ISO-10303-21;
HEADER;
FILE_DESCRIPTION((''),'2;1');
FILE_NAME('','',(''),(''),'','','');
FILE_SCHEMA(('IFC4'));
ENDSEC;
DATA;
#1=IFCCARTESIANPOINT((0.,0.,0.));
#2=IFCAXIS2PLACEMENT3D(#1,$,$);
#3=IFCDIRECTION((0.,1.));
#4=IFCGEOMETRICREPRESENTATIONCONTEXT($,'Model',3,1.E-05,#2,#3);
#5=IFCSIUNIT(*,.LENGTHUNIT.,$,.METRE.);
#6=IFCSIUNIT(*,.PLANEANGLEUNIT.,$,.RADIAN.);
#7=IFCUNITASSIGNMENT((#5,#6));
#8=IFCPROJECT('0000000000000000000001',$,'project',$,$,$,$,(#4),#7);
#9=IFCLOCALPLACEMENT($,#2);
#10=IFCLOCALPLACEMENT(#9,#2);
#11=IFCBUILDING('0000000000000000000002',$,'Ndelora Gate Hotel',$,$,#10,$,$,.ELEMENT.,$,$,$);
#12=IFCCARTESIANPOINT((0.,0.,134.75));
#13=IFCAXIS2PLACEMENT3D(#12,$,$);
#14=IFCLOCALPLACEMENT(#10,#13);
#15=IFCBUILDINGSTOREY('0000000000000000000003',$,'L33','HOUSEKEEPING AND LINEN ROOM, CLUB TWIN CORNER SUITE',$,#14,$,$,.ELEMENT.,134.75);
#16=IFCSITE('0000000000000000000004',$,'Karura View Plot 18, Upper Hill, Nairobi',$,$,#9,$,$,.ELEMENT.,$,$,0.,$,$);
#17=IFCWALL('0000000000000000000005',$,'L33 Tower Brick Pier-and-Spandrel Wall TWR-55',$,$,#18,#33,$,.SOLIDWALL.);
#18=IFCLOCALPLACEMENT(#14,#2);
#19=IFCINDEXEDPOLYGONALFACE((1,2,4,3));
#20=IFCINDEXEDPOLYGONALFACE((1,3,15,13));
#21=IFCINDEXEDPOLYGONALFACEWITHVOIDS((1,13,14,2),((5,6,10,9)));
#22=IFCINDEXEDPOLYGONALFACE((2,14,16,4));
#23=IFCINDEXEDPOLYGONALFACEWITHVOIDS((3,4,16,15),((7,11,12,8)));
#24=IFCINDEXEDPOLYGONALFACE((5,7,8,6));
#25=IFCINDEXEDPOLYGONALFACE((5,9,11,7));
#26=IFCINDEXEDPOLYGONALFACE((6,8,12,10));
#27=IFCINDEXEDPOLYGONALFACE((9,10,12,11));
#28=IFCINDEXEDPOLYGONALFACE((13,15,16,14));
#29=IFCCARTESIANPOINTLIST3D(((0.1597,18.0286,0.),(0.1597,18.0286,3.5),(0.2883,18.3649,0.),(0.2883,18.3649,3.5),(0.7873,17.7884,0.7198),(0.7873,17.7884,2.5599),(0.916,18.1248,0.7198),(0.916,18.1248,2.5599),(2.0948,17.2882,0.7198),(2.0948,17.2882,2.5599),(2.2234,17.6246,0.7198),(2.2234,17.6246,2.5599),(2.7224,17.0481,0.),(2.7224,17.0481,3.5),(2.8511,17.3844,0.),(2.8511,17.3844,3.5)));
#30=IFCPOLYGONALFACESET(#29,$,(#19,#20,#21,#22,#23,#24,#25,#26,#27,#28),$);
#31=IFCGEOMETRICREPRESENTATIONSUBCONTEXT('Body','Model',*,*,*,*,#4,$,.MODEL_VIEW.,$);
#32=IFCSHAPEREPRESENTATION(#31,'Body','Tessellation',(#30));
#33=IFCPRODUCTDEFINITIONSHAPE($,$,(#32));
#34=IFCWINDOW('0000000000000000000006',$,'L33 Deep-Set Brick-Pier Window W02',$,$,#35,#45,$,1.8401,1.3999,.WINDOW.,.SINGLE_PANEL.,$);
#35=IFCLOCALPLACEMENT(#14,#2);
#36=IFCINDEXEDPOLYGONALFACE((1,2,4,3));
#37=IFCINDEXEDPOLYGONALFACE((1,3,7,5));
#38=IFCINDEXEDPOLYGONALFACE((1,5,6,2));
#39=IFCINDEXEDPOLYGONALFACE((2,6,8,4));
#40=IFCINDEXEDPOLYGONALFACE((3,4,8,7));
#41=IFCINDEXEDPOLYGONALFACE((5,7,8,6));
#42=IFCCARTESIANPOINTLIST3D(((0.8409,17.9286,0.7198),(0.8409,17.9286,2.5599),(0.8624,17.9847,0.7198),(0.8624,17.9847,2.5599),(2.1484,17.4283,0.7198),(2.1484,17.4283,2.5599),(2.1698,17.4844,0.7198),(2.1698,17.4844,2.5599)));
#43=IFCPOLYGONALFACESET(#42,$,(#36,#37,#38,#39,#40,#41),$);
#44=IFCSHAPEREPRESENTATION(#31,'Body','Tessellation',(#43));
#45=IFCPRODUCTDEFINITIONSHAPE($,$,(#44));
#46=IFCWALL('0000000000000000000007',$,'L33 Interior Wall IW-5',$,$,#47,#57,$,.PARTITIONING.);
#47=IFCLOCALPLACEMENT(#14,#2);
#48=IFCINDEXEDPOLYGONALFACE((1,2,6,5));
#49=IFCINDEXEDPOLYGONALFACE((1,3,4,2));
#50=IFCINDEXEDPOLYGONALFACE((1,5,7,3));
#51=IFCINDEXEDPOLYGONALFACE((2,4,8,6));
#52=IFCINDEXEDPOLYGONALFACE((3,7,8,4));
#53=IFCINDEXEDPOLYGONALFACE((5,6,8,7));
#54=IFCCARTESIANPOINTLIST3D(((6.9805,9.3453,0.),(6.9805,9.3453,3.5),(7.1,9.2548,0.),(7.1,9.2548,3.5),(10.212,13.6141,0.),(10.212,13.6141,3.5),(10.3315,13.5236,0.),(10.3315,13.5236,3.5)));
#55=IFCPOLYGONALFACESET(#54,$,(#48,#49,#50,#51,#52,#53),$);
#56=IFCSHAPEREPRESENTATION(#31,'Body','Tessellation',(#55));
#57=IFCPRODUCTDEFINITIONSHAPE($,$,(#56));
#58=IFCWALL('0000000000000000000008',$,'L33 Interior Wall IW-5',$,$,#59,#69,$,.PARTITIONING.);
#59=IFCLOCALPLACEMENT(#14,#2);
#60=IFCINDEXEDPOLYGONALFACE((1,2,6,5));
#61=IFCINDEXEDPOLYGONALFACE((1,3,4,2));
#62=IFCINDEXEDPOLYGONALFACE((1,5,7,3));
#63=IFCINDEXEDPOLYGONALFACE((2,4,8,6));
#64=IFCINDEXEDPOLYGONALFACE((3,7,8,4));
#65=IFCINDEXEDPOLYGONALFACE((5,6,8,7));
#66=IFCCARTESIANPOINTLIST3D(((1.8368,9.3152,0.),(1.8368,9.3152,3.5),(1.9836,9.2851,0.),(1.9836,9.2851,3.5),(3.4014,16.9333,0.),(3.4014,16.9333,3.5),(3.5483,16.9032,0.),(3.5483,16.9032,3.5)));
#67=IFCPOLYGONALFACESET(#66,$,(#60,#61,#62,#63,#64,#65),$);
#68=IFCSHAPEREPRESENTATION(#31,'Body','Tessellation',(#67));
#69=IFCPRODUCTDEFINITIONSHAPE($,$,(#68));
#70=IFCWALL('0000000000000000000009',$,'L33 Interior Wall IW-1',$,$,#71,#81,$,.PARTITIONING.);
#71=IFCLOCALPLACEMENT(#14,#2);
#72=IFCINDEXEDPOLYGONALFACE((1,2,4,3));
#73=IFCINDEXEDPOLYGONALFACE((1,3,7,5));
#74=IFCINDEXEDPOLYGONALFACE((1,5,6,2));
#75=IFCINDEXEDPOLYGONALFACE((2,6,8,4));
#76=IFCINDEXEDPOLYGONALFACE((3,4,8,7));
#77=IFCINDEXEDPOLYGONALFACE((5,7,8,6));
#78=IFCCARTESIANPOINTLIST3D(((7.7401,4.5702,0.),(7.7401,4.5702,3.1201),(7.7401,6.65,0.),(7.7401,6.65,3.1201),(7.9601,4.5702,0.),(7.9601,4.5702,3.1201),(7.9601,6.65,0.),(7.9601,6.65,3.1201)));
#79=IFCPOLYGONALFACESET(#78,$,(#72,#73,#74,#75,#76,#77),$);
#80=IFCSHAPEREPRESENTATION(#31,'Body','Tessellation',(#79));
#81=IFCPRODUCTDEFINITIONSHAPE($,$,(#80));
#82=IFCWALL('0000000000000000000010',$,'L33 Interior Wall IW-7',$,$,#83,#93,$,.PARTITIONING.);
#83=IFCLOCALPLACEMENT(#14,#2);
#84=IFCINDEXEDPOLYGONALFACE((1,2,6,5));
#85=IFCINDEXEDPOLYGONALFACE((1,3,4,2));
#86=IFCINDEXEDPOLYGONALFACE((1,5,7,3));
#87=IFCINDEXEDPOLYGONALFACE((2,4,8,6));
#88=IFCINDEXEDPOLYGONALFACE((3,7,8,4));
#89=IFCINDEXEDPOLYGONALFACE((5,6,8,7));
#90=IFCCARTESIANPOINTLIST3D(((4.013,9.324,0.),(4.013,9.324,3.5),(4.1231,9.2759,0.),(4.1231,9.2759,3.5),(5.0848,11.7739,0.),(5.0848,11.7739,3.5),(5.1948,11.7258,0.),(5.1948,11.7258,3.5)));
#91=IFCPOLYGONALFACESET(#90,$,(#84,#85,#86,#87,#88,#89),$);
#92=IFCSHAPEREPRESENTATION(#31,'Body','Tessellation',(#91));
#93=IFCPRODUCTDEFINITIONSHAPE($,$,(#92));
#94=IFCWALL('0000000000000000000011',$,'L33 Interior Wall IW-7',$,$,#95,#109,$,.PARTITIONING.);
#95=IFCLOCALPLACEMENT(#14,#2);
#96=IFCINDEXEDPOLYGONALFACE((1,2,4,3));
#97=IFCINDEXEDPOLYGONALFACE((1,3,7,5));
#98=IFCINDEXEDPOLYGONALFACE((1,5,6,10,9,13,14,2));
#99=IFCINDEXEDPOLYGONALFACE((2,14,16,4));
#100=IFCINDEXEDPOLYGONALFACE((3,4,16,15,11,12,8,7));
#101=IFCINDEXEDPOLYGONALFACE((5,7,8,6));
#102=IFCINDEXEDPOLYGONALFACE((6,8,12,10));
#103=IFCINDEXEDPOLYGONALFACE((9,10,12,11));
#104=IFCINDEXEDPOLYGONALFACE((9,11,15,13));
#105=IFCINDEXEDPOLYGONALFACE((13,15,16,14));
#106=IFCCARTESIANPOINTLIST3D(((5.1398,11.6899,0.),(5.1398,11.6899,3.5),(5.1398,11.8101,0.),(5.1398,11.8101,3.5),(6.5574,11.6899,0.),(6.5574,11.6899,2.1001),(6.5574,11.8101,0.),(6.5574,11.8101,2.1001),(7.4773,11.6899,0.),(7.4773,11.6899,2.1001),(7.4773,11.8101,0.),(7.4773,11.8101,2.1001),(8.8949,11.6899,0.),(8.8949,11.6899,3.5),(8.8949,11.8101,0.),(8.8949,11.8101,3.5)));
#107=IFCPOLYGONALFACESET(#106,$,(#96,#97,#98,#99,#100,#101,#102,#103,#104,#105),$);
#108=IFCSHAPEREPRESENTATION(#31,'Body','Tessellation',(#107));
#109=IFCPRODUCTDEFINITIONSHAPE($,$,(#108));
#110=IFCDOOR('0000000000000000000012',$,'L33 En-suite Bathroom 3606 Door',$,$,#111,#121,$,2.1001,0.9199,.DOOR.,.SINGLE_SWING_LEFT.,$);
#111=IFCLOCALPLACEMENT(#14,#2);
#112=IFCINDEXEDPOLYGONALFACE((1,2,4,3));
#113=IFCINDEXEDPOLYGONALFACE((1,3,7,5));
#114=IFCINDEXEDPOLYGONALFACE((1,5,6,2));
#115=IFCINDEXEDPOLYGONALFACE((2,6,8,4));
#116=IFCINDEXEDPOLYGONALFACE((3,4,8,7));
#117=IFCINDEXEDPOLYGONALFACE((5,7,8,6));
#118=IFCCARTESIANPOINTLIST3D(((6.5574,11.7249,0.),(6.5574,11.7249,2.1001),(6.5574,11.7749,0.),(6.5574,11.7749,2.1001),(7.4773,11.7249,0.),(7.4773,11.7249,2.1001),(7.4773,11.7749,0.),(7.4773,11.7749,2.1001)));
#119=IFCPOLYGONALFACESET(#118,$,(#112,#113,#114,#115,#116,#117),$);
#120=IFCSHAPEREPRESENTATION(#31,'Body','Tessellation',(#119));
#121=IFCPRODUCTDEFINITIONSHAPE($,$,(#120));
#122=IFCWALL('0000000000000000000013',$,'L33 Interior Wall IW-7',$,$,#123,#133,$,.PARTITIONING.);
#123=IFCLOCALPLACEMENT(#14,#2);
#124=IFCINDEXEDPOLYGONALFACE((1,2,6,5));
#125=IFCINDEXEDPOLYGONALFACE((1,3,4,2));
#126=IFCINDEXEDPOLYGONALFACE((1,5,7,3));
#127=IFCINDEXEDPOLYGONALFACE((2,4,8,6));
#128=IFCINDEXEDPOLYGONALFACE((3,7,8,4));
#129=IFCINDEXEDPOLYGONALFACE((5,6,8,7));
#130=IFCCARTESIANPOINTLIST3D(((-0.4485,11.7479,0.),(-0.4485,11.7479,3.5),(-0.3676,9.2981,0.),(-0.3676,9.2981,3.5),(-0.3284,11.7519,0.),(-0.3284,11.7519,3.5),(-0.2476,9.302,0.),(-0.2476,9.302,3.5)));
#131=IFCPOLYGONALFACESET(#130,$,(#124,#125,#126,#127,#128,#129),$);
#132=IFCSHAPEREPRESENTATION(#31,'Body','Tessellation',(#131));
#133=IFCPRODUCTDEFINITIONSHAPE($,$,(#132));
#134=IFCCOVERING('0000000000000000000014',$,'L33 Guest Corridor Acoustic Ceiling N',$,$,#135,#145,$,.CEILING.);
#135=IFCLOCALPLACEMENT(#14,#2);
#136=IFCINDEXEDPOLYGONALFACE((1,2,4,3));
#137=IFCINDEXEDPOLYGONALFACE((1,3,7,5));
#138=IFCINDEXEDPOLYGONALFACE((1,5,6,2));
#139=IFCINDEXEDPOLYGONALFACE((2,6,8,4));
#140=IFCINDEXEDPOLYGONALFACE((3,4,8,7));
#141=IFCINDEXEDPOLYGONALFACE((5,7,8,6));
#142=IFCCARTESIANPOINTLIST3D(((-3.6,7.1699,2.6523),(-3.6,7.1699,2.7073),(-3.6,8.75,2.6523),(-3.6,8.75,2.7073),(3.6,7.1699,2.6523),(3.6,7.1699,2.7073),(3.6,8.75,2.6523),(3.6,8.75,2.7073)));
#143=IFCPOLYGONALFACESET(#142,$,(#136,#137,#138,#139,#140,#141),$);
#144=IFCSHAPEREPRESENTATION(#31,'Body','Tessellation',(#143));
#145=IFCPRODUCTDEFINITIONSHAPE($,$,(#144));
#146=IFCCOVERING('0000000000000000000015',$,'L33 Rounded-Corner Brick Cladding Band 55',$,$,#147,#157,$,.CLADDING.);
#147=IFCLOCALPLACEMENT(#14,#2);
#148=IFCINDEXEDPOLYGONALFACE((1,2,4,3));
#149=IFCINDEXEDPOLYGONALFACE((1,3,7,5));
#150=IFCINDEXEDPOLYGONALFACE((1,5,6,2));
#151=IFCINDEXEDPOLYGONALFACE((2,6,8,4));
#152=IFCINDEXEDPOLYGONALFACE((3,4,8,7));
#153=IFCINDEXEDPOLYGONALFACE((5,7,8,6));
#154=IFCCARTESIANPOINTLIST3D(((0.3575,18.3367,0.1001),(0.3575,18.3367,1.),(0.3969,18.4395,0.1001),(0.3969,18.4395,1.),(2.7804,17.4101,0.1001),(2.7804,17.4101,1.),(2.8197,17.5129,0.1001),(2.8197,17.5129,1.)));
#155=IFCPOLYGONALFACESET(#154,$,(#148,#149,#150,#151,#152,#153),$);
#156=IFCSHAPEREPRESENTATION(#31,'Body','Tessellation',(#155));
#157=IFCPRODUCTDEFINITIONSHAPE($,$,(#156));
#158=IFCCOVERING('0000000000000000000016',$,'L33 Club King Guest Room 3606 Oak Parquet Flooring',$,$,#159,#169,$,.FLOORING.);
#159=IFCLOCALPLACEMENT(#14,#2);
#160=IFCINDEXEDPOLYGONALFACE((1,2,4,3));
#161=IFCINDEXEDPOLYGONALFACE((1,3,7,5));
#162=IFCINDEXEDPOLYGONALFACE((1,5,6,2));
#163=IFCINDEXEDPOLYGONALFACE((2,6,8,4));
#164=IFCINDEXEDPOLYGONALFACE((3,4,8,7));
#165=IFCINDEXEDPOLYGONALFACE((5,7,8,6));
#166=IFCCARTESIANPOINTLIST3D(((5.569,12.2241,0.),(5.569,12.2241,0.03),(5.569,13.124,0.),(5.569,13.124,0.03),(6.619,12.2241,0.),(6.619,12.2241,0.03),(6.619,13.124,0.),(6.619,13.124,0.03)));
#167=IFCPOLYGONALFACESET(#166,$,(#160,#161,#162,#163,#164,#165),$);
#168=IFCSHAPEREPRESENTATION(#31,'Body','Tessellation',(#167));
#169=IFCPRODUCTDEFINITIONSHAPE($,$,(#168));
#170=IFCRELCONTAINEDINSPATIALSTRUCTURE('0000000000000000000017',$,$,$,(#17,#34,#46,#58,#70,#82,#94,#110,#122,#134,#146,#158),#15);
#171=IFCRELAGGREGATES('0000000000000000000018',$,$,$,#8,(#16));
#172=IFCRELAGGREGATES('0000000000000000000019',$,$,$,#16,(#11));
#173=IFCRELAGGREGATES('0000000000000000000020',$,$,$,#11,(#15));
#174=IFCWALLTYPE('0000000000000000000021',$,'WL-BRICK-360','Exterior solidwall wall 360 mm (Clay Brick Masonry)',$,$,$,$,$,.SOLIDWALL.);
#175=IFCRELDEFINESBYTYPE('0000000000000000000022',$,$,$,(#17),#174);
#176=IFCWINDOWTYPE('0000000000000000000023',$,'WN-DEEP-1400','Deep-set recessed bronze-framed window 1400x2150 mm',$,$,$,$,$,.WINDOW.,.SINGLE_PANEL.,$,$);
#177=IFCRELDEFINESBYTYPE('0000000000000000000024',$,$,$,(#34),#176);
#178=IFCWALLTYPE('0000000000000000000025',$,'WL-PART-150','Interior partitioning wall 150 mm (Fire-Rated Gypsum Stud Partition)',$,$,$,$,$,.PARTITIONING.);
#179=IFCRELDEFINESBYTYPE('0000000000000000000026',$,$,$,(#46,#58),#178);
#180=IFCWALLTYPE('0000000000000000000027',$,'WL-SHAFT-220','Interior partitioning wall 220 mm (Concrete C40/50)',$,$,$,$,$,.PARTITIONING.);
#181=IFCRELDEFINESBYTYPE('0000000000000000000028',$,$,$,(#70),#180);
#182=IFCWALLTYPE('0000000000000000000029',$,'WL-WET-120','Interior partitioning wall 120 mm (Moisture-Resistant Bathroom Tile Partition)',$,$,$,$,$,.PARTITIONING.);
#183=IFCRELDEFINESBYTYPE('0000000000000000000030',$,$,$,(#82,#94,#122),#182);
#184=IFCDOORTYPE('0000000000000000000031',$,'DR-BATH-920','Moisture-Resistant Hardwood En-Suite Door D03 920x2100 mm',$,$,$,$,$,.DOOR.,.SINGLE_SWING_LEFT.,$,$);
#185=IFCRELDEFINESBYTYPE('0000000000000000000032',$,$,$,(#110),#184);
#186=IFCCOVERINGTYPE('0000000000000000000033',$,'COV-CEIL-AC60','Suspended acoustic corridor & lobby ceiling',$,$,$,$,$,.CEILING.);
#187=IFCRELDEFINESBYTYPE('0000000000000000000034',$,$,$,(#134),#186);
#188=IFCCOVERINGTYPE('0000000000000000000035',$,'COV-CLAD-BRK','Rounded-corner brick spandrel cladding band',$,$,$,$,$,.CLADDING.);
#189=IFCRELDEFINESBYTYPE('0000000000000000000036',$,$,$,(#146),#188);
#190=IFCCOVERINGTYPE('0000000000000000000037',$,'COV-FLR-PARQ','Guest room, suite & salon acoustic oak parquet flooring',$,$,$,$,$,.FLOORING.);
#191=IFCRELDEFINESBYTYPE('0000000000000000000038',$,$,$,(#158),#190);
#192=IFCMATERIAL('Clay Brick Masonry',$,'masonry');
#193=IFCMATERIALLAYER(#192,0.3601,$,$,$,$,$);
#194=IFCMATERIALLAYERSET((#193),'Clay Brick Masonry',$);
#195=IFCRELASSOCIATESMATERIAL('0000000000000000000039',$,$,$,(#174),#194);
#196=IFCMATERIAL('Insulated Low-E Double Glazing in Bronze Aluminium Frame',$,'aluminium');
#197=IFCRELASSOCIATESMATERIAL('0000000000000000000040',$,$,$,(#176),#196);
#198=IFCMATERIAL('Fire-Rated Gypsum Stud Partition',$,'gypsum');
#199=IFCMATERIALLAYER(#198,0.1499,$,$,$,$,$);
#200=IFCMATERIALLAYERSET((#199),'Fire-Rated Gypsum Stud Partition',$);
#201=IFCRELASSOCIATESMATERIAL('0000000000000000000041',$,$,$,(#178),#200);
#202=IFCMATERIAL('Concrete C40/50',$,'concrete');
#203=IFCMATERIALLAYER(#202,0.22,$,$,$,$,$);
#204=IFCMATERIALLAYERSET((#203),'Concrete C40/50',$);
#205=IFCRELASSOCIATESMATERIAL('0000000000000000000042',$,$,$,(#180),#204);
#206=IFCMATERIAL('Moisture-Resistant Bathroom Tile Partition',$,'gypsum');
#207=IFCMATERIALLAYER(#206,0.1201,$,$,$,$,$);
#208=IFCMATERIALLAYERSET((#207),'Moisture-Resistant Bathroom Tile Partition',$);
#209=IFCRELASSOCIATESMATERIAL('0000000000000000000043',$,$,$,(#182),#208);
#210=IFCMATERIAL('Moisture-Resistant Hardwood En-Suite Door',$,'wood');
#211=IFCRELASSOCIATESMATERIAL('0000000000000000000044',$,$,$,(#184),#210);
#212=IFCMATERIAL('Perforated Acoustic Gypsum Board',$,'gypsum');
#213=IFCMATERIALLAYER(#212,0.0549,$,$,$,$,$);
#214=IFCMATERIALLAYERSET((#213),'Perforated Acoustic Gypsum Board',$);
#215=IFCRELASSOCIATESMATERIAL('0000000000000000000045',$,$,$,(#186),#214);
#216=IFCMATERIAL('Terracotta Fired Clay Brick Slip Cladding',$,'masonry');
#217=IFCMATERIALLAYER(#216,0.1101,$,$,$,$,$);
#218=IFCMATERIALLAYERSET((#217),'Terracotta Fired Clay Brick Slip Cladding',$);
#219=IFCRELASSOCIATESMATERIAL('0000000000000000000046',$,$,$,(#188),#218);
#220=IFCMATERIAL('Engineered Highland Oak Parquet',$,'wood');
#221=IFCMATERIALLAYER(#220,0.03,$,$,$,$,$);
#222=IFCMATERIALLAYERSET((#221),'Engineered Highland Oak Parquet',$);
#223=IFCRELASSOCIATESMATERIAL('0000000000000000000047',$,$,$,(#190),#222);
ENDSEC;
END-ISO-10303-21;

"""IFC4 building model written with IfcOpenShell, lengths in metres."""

from ifc_helpers import new_model, si_unit, direction, frame, frame_2d, origin, origin_2d, place, context, subcontext, project, spatial, rectangle, extrude, material, layer, layer_set, type_object, element, fill, save


model = new_model("IFC4")

# Units and contexts
model_context = context("Model", 3, precision=1e-05, world=origin(), true_north=direction((0.0, 1.0)))
body_context = subcontext(model_context, "Body", "Model", "MODEL_VIEW")
ifc_project = project(units=[si_unit("LENGTHUNIT", "METRE"), si_unit("PLANEANGLEUNIT", "RADIAN")], contexts=[model_context])

# Site, building, storey
site_placement = place(None, origin())
site = spatial("IfcSite", under=ifc_project, at=site_placement, Name="Karura View Plot 18, Upper Hill, Nairobi", CompositionType="ELEMENT", RefElevation=0.0)
building_placement = place(site_placement, origin())
building = spatial("IfcBuilding", under=site, at=building_placement, Name="Ndelora Gate Hotel", CompositionType="ELEMENT")
storey_placement = place(building_placement, frame((0.0, 0.0, 134.75)))
storey = spatial("IfcBuildingStorey", under=building, at=storey_placement, Name="L33", Description="HOUSEKEEPING AND LINEN ROOM, CLUB TWIN CORNER SUITE", CompositionType="ELEMENT", Elevation=134.75)

# Shared definitions
ifc_material_1 = material(Name="Clay Brick Masonry", Category="masonry")
ifc_layer_1 = layer(ifc_material_1, 0.3601)
ifc_layer_set_1 = layer_set([ifc_layer_1], Name="Clay Brick Masonry")
wall_type_1 = type_object("IfcWallType", Name="WL-BRICK-360", Description="Exterior solidwall wall 360 mm (Clay Brick Masonry)", PredefinedType="SOLIDWALL", material=ifc_layer_set_1)

# Shared definitions
ifc_material_2 = material(Name="Insulated Low-E Double Glazing in Bronze Aluminium Frame", Category="aluminium")
window_type = type_object("IfcWindowType", Name="WN-DEEP-1400", Description="Deep-set recessed bronze-framed window 1400x2150 mm", PartitioningType="SINGLE_PANEL", PredefinedType="WINDOW", material=ifc_material_2)

# Wall, opening, window
wall_1_placement = place(storey_placement, frame((0.2239, 18.1968, 0.0), z_axis=(0.0, 0.0, 1.0), x_axis=(0.933979, -0.357327, 0.0)))
wall_1 = element("IfcWall", 1, at=wall_1_placement, inside=storey, type_object=wall_type_1, Name="L33 Tower Brick Pier-and-Spandrel Wall TWR-55", PredefinedType="SOLIDWALL", context=body_context, shape_type="SweptSolid", body=[
    extrude(rectangle(XDim=2.7439, YDim=0.3601, at=frame_2d((1.3721, 0.0))), origin(), (0.0, 0.0, 1.0), 3.5),
])
opening_1_placement = place(wall_1_placement, frame((0.6721, 0.0, 0.72)))
opening_1 = element("IfcOpeningElement", 2, at=opening_1_placement, cuts=wall_1, PredefinedType="OPENING", context=body_context, shape_type="SweptSolid", body=[
    extrude(rectangle(XDim=1.3999, YDim=1.8401, at=frame_2d((0.7, 0.9199))), frame((0.0, 0.1899, 0.0), z_axis=(0.0, -1.0, 0.0), x_axis=(1.0, 0.0, 0.0)), (0.0, 0.0, 1.0), 0.3801),
])
window_1_placement = place(opening_1_placement, origin())
window_1 = element("IfcWindow", 3, at=window_1_placement, inside=storey, type_object=window_type, Name="L33 Deep-Set Brick-Pier Window W02", OverallHeight=1.8401, OverallWidth=1.3999, PartitioningType="SINGLE_PANEL", PredefinedType="WINDOW", context=body_context, shape_type="SweptSolid", body=[
    extrude(rectangle(XDim=1.3999, YDim=1.8401, at=frame_2d((0.7, 0.9199))), frame((0.0, 0.03, 0.0), z_axis=(0.0, -1.0, 0.0), x_axis=(1.0, 0.0, 0.0)), (0.0, 0.0, 1.0), 0.0601),
])
fill(opening_1, window_1)

# Walls
ifc_material_3 = material(Name="Fire-Rated Gypsum Stud Partition", Category="gypsum")
ifc_layer_2 = layer(ifc_material_3, 0.1499)
ifc_layer_set_2 = layer_set([ifc_layer_2], Name="Fire-Rated Gypsum Stud Partition")
wall_type_2 = type_object("IfcWallType", Name="WL-PART-150", Description="Interior partitioning wall 150 mm (Fire-Rated Gypsum Stud Partition)", PredefinedType="PARTITIONING", material=ifc_layer_set_2)
wall_2_placement = place(storey_placement, frame((7.0403, 9.3, 0.0), z_axis=(0.0, 0.0, 1.0), x_axis=(0.603562, 0.797316, 0.0)))
element("IfcWall", 4, at=wall_2_placement, inside=storey, type_object=wall_type_2, Name="L33 Interior Wall IW-5", PredefinedType="PARTITIONING", context=body_context, shape_type="SweptSolid", body=[
    extrude(rectangle(XDim=5.354, YDim=0.1499, at=frame_2d((2.677, 0.0))), origin(), (0.0, 0.0, 1.0), 3.5),
])
wall_3_placement = place(storey_placement, frame((1.9102, 9.3, 0.0), z_axis=(0.0, 0.0, 1.0), x_axis=(0.201191, 0.979552, 0.0)))
element("IfcWall", 5, at=wall_3_placement, inside=storey, type_object=wall_type_2, Name="L33 Interior Wall IW-5", PredefinedType="PARTITIONING", context=body_context, shape_type="SweptSolid", body=[
    extrude(rectangle(XDim=7.7771, YDim=0.1499, at=frame_2d((3.8887, 0.0))), origin(), (0.0, 0.0, 1.0), 3.5),
])
ifc_material_4 = material(Name="Concrete C40/50", Category="concrete")
ifc_layer_3 = layer(ifc_material_4, 0.22)
ifc_layer_set_3 = layer_set([ifc_layer_3], Name="Concrete C40/50")
wall_type_3 = type_object("IfcWallType", Name="WL-SHAFT-220", Description="Interior partitioning wall 220 mm (Concrete C40/50)", PredefinedType="PARTITIONING", material=ifc_layer_set_3)
wall_4_placement = place(storey_placement, frame((7.8501, 4.5701, 0.0), z_axis=(0.0, 0.0, 1.0), x_axis=(0.0, 1.0, 0.0)))
element("IfcWall", 6, at=wall_4_placement, inside=storey, type_object=wall_type_3, Name="L33 Interior Wall IW-1", PredefinedType="PARTITIONING", context=body_context, shape_type="SweptSolid", body=[
    extrude(rectangle(XDim=2.0798, YDim=0.22, at=frame_2d((1.04, 0.0))), origin(), (0.0, 0.0, 1.0), 3.1201),
])
ifc_material_5 = material(Name="Moisture-Resistant Bathroom Tile Partition", Category="gypsum")
ifc_layer_4 = layer(ifc_material_5, 0.1201)
ifc_layer_set_4 = layer_set([ifc_layer_4], Name="Moisture-Resistant Bathroom Tile Partition")
wall_type_4 = type_object("IfcWallType", Name="WL-WET-120", Description="Interior partitioning wall 120 mm (Moisture-Resistant Bathroom Tile Partition)", PredefinedType="PARTITIONING", material=ifc_layer_set_4)
wall_5_placement = place(storey_placement, frame((4.0681, 9.3, 0.0), z_axis=(0.0, 0.0, 1.0), x_axis=(0.400795, 0.916168, 0.0)))
element("IfcWall", 7, at=wall_5_placement, inside=storey, type_object=wall_type_4, Name="L33 Interior Wall IW-7", PredefinedType="PARTITIONING", context=body_context, shape_type="SweptSolid", body=[
    extrude(rectangle(XDim=2.6741, YDim=0.1201, at=frame_2d((1.3369, 0.0))), origin(), (0.0, 0.0, 1.0), 3.5),
])

# Wall, opening, door
wall_6_placement = place(storey_placement, frame((5.1399, 11.75, 0.0), z_axis=(0.0, 0.0, 1.0), x_axis=(1.0, 0.0, 0.0)))
wall_6 = element("IfcWall", 8, at=wall_6_placement, inside=storey, type_object=wall_type_4, Name="L33 Interior Wall IW-7", PredefinedType="PARTITIONING", context=body_context, shape_type="SweptSolid", body=[
    extrude(rectangle(XDim=3.7551, YDim=0.1201, at=frame_2d((1.8774, 0.0))), origin(), (0.0, 0.0, 1.0), 3.5),
])
opening_2_placement = place(wall_6_placement, frame((1.4175, 0.0, 0.0)))
opening_2 = element("IfcOpeningElement", 9, at=opening_2_placement, cuts=wall_6, PredefinedType="OPENING", context=body_context, shape_type="SweptSolid", body=[
    extrude(rectangle(XDim=0.9199, YDim=2.1001, at=frame_2d((0.46, 1.05))), frame((0.0, 0.0701, 0.0), z_axis=(0.0, -1.0, 0.0), x_axis=(1.0, 0.0, 0.0)), (0.0, 0.0, 1.0), 0.1401),
])
ifc_material_6 = material(Name="Moisture-Resistant Hardwood En-Suite Door", Category="wood")
door_type = type_object("IfcDoorType", Name="DR-BATH-920", Description="Moisture-Resistant Hardwood En-Suite Door D03 920x2100 mm", OperationType="SINGLE_SWING_LEFT", PredefinedType="DOOR", material=ifc_material_6)
door_placement = place(opening_2_placement, origin())
door = element("IfcDoor", 10, at=door_placement, inside=storey, type_object=door_type, Name="L33 En-suite Bathroom 3606 Door", OperationType="SINGLE_SWING_LEFT", OverallHeight=2.1001, OverallWidth=0.9199, PredefinedType="DOOR", context=body_context, shape_type="SweptSolid", body=[
    extrude(rectangle(XDim=0.9199, YDim=2.1001, at=frame_2d((0.46, 1.05))), frame((0.0, 0.0249, 0.0), z_axis=(0.0, -1.0, 0.0), x_axis=(1.0, 0.0, 0.0)), (0.0, 0.0, 1.0), 0.05),
])
fill(opening_2, door)

# Wall
wall_7_placement = place(storey_placement, frame((-0.3076, 9.3, 0.0), z_axis=(0.0, 0.0, 1.0), x_axis=(-0.032967, 0.999456, 0.0)))
element("IfcWall", 11, at=wall_7_placement, inside=storey, type_object=wall_type_4, Name="L33 Interior Wall IW-7", PredefinedType="PARTITIONING", context=body_context, shape_type="SweptSolid", body=[
    extrude(rectangle(XDim=2.4512, YDim=0.1201, at=frame_2d((1.2256, 0.0))), origin(), (0.0, 0.0, 1.0), 3.5),
])

# Coverings
ifc_material_7 = material(Name="Perforated Acoustic Gypsum Board", Category="gypsum")
ifc_layer_5 = layer(ifc_material_7, 0.0549)
ifc_layer_set_5 = layer_set([ifc_layer_5], Name="Perforated Acoustic Gypsum Board")
covering_type_1 = type_object("IfcCoveringType", Name="COV-CEIL-AC60", Description="Suspended acoustic corridor & lobby ceiling", PredefinedType="CEILING", material=ifc_layer_set_5)
covering_1_placement = place(storey_placement, frame((0.0, 7.96, 2.6523), z_axis=(0.0, 0.0, 1.0), x_axis=(1.0, 0.0, 0.0)))
element("IfcCovering", 12, at=covering_1_placement, inside=storey, type_object=covering_type_1, Name="L33 Guest Corridor Acoustic Ceiling N", PredefinedType="CEILING", context=body_context, shape_type="SweptSolid", body=[
    extrude(rectangle(XDim=7.2, YDim=1.5801, at=origin_2d()), origin(), (0.0, 0.0, 1.0), 0.0549),
])
ifc_material_8 = material(Name="Terracotta Fired Clay Brick Slip Cladding", Category="masonry")
ifc_layer_6 = layer(ifc_material_8, 0.1101)
ifc_layer_set_6 = layer_set([ifc_layer_6], Name="Terracotta Fired Clay Brick Slip Cladding")
covering_type_2 = type_object("IfcCoveringType", Name="COV-CLAD-BRK", Description="Rounded-corner brick spandrel cladding band", PredefinedType="CLADDING", material=ifc_layer_set_6)
covering_2_placement = place(storey_placement, frame((1.5886, 17.9248, 0.1001), z_axis=(0.0, 0.0, 1.0), x_axis=(-0.934018, 0.357227, 0.0)))
element("IfcCovering", 13, at=covering_2_placement, inside=storey, type_object=covering_type_2, Name="L33 Rounded-Corner Brick Cladding Band 55", PredefinedType="CLADDING", context=body_context, shape_type="SweptSolid", body=[
    extrude(rectangle(XDim=2.594, YDim=0.1101, at=origin_2d()), origin(), (0.0, 0.0, 1.0), 0.8999),
])
ifc_material_9 = material(Name="Engineered Highland Oak Parquet", Category="wood")
ifc_layer_7 = layer(ifc_material_9, 0.03)
ifc_layer_set_7 = layer_set([ifc_layer_7], Name="Engineered Highland Oak Parquet")
covering_type_3 = type_object("IfcCoveringType", Name="COV-FLR-PARQ", Description="Guest room, suite & salon acoustic oak parquet flooring", PredefinedType="FLOORING", material=ifc_layer_set_7)
for number, where, z_axis, x_axis, name in (
    (14, (6.094, 12.6741, 0.0), (0.0, 0.0, 1.0), (1.0, 0.0, 0.0), "L33 Club King Guest Room 3606 Oak Parquet Flooring"),
):
    element("IfcCovering", number, at=place(storey_placement, frame(where, z_axis=z_axis, x_axis=x_axis)), inside=storey, type_object=covering_type_3, Name=name, PredefinedType="FLOORING", context=body_context, shape_type="SweptSolid", body=[
        extrude(rectangle(XDim=1.05, YDim=0.8999, at=origin_2d()), origin(), (0.0, 0.0, 1.0), 0.03),
    ])

save(model, "model.ifc")
